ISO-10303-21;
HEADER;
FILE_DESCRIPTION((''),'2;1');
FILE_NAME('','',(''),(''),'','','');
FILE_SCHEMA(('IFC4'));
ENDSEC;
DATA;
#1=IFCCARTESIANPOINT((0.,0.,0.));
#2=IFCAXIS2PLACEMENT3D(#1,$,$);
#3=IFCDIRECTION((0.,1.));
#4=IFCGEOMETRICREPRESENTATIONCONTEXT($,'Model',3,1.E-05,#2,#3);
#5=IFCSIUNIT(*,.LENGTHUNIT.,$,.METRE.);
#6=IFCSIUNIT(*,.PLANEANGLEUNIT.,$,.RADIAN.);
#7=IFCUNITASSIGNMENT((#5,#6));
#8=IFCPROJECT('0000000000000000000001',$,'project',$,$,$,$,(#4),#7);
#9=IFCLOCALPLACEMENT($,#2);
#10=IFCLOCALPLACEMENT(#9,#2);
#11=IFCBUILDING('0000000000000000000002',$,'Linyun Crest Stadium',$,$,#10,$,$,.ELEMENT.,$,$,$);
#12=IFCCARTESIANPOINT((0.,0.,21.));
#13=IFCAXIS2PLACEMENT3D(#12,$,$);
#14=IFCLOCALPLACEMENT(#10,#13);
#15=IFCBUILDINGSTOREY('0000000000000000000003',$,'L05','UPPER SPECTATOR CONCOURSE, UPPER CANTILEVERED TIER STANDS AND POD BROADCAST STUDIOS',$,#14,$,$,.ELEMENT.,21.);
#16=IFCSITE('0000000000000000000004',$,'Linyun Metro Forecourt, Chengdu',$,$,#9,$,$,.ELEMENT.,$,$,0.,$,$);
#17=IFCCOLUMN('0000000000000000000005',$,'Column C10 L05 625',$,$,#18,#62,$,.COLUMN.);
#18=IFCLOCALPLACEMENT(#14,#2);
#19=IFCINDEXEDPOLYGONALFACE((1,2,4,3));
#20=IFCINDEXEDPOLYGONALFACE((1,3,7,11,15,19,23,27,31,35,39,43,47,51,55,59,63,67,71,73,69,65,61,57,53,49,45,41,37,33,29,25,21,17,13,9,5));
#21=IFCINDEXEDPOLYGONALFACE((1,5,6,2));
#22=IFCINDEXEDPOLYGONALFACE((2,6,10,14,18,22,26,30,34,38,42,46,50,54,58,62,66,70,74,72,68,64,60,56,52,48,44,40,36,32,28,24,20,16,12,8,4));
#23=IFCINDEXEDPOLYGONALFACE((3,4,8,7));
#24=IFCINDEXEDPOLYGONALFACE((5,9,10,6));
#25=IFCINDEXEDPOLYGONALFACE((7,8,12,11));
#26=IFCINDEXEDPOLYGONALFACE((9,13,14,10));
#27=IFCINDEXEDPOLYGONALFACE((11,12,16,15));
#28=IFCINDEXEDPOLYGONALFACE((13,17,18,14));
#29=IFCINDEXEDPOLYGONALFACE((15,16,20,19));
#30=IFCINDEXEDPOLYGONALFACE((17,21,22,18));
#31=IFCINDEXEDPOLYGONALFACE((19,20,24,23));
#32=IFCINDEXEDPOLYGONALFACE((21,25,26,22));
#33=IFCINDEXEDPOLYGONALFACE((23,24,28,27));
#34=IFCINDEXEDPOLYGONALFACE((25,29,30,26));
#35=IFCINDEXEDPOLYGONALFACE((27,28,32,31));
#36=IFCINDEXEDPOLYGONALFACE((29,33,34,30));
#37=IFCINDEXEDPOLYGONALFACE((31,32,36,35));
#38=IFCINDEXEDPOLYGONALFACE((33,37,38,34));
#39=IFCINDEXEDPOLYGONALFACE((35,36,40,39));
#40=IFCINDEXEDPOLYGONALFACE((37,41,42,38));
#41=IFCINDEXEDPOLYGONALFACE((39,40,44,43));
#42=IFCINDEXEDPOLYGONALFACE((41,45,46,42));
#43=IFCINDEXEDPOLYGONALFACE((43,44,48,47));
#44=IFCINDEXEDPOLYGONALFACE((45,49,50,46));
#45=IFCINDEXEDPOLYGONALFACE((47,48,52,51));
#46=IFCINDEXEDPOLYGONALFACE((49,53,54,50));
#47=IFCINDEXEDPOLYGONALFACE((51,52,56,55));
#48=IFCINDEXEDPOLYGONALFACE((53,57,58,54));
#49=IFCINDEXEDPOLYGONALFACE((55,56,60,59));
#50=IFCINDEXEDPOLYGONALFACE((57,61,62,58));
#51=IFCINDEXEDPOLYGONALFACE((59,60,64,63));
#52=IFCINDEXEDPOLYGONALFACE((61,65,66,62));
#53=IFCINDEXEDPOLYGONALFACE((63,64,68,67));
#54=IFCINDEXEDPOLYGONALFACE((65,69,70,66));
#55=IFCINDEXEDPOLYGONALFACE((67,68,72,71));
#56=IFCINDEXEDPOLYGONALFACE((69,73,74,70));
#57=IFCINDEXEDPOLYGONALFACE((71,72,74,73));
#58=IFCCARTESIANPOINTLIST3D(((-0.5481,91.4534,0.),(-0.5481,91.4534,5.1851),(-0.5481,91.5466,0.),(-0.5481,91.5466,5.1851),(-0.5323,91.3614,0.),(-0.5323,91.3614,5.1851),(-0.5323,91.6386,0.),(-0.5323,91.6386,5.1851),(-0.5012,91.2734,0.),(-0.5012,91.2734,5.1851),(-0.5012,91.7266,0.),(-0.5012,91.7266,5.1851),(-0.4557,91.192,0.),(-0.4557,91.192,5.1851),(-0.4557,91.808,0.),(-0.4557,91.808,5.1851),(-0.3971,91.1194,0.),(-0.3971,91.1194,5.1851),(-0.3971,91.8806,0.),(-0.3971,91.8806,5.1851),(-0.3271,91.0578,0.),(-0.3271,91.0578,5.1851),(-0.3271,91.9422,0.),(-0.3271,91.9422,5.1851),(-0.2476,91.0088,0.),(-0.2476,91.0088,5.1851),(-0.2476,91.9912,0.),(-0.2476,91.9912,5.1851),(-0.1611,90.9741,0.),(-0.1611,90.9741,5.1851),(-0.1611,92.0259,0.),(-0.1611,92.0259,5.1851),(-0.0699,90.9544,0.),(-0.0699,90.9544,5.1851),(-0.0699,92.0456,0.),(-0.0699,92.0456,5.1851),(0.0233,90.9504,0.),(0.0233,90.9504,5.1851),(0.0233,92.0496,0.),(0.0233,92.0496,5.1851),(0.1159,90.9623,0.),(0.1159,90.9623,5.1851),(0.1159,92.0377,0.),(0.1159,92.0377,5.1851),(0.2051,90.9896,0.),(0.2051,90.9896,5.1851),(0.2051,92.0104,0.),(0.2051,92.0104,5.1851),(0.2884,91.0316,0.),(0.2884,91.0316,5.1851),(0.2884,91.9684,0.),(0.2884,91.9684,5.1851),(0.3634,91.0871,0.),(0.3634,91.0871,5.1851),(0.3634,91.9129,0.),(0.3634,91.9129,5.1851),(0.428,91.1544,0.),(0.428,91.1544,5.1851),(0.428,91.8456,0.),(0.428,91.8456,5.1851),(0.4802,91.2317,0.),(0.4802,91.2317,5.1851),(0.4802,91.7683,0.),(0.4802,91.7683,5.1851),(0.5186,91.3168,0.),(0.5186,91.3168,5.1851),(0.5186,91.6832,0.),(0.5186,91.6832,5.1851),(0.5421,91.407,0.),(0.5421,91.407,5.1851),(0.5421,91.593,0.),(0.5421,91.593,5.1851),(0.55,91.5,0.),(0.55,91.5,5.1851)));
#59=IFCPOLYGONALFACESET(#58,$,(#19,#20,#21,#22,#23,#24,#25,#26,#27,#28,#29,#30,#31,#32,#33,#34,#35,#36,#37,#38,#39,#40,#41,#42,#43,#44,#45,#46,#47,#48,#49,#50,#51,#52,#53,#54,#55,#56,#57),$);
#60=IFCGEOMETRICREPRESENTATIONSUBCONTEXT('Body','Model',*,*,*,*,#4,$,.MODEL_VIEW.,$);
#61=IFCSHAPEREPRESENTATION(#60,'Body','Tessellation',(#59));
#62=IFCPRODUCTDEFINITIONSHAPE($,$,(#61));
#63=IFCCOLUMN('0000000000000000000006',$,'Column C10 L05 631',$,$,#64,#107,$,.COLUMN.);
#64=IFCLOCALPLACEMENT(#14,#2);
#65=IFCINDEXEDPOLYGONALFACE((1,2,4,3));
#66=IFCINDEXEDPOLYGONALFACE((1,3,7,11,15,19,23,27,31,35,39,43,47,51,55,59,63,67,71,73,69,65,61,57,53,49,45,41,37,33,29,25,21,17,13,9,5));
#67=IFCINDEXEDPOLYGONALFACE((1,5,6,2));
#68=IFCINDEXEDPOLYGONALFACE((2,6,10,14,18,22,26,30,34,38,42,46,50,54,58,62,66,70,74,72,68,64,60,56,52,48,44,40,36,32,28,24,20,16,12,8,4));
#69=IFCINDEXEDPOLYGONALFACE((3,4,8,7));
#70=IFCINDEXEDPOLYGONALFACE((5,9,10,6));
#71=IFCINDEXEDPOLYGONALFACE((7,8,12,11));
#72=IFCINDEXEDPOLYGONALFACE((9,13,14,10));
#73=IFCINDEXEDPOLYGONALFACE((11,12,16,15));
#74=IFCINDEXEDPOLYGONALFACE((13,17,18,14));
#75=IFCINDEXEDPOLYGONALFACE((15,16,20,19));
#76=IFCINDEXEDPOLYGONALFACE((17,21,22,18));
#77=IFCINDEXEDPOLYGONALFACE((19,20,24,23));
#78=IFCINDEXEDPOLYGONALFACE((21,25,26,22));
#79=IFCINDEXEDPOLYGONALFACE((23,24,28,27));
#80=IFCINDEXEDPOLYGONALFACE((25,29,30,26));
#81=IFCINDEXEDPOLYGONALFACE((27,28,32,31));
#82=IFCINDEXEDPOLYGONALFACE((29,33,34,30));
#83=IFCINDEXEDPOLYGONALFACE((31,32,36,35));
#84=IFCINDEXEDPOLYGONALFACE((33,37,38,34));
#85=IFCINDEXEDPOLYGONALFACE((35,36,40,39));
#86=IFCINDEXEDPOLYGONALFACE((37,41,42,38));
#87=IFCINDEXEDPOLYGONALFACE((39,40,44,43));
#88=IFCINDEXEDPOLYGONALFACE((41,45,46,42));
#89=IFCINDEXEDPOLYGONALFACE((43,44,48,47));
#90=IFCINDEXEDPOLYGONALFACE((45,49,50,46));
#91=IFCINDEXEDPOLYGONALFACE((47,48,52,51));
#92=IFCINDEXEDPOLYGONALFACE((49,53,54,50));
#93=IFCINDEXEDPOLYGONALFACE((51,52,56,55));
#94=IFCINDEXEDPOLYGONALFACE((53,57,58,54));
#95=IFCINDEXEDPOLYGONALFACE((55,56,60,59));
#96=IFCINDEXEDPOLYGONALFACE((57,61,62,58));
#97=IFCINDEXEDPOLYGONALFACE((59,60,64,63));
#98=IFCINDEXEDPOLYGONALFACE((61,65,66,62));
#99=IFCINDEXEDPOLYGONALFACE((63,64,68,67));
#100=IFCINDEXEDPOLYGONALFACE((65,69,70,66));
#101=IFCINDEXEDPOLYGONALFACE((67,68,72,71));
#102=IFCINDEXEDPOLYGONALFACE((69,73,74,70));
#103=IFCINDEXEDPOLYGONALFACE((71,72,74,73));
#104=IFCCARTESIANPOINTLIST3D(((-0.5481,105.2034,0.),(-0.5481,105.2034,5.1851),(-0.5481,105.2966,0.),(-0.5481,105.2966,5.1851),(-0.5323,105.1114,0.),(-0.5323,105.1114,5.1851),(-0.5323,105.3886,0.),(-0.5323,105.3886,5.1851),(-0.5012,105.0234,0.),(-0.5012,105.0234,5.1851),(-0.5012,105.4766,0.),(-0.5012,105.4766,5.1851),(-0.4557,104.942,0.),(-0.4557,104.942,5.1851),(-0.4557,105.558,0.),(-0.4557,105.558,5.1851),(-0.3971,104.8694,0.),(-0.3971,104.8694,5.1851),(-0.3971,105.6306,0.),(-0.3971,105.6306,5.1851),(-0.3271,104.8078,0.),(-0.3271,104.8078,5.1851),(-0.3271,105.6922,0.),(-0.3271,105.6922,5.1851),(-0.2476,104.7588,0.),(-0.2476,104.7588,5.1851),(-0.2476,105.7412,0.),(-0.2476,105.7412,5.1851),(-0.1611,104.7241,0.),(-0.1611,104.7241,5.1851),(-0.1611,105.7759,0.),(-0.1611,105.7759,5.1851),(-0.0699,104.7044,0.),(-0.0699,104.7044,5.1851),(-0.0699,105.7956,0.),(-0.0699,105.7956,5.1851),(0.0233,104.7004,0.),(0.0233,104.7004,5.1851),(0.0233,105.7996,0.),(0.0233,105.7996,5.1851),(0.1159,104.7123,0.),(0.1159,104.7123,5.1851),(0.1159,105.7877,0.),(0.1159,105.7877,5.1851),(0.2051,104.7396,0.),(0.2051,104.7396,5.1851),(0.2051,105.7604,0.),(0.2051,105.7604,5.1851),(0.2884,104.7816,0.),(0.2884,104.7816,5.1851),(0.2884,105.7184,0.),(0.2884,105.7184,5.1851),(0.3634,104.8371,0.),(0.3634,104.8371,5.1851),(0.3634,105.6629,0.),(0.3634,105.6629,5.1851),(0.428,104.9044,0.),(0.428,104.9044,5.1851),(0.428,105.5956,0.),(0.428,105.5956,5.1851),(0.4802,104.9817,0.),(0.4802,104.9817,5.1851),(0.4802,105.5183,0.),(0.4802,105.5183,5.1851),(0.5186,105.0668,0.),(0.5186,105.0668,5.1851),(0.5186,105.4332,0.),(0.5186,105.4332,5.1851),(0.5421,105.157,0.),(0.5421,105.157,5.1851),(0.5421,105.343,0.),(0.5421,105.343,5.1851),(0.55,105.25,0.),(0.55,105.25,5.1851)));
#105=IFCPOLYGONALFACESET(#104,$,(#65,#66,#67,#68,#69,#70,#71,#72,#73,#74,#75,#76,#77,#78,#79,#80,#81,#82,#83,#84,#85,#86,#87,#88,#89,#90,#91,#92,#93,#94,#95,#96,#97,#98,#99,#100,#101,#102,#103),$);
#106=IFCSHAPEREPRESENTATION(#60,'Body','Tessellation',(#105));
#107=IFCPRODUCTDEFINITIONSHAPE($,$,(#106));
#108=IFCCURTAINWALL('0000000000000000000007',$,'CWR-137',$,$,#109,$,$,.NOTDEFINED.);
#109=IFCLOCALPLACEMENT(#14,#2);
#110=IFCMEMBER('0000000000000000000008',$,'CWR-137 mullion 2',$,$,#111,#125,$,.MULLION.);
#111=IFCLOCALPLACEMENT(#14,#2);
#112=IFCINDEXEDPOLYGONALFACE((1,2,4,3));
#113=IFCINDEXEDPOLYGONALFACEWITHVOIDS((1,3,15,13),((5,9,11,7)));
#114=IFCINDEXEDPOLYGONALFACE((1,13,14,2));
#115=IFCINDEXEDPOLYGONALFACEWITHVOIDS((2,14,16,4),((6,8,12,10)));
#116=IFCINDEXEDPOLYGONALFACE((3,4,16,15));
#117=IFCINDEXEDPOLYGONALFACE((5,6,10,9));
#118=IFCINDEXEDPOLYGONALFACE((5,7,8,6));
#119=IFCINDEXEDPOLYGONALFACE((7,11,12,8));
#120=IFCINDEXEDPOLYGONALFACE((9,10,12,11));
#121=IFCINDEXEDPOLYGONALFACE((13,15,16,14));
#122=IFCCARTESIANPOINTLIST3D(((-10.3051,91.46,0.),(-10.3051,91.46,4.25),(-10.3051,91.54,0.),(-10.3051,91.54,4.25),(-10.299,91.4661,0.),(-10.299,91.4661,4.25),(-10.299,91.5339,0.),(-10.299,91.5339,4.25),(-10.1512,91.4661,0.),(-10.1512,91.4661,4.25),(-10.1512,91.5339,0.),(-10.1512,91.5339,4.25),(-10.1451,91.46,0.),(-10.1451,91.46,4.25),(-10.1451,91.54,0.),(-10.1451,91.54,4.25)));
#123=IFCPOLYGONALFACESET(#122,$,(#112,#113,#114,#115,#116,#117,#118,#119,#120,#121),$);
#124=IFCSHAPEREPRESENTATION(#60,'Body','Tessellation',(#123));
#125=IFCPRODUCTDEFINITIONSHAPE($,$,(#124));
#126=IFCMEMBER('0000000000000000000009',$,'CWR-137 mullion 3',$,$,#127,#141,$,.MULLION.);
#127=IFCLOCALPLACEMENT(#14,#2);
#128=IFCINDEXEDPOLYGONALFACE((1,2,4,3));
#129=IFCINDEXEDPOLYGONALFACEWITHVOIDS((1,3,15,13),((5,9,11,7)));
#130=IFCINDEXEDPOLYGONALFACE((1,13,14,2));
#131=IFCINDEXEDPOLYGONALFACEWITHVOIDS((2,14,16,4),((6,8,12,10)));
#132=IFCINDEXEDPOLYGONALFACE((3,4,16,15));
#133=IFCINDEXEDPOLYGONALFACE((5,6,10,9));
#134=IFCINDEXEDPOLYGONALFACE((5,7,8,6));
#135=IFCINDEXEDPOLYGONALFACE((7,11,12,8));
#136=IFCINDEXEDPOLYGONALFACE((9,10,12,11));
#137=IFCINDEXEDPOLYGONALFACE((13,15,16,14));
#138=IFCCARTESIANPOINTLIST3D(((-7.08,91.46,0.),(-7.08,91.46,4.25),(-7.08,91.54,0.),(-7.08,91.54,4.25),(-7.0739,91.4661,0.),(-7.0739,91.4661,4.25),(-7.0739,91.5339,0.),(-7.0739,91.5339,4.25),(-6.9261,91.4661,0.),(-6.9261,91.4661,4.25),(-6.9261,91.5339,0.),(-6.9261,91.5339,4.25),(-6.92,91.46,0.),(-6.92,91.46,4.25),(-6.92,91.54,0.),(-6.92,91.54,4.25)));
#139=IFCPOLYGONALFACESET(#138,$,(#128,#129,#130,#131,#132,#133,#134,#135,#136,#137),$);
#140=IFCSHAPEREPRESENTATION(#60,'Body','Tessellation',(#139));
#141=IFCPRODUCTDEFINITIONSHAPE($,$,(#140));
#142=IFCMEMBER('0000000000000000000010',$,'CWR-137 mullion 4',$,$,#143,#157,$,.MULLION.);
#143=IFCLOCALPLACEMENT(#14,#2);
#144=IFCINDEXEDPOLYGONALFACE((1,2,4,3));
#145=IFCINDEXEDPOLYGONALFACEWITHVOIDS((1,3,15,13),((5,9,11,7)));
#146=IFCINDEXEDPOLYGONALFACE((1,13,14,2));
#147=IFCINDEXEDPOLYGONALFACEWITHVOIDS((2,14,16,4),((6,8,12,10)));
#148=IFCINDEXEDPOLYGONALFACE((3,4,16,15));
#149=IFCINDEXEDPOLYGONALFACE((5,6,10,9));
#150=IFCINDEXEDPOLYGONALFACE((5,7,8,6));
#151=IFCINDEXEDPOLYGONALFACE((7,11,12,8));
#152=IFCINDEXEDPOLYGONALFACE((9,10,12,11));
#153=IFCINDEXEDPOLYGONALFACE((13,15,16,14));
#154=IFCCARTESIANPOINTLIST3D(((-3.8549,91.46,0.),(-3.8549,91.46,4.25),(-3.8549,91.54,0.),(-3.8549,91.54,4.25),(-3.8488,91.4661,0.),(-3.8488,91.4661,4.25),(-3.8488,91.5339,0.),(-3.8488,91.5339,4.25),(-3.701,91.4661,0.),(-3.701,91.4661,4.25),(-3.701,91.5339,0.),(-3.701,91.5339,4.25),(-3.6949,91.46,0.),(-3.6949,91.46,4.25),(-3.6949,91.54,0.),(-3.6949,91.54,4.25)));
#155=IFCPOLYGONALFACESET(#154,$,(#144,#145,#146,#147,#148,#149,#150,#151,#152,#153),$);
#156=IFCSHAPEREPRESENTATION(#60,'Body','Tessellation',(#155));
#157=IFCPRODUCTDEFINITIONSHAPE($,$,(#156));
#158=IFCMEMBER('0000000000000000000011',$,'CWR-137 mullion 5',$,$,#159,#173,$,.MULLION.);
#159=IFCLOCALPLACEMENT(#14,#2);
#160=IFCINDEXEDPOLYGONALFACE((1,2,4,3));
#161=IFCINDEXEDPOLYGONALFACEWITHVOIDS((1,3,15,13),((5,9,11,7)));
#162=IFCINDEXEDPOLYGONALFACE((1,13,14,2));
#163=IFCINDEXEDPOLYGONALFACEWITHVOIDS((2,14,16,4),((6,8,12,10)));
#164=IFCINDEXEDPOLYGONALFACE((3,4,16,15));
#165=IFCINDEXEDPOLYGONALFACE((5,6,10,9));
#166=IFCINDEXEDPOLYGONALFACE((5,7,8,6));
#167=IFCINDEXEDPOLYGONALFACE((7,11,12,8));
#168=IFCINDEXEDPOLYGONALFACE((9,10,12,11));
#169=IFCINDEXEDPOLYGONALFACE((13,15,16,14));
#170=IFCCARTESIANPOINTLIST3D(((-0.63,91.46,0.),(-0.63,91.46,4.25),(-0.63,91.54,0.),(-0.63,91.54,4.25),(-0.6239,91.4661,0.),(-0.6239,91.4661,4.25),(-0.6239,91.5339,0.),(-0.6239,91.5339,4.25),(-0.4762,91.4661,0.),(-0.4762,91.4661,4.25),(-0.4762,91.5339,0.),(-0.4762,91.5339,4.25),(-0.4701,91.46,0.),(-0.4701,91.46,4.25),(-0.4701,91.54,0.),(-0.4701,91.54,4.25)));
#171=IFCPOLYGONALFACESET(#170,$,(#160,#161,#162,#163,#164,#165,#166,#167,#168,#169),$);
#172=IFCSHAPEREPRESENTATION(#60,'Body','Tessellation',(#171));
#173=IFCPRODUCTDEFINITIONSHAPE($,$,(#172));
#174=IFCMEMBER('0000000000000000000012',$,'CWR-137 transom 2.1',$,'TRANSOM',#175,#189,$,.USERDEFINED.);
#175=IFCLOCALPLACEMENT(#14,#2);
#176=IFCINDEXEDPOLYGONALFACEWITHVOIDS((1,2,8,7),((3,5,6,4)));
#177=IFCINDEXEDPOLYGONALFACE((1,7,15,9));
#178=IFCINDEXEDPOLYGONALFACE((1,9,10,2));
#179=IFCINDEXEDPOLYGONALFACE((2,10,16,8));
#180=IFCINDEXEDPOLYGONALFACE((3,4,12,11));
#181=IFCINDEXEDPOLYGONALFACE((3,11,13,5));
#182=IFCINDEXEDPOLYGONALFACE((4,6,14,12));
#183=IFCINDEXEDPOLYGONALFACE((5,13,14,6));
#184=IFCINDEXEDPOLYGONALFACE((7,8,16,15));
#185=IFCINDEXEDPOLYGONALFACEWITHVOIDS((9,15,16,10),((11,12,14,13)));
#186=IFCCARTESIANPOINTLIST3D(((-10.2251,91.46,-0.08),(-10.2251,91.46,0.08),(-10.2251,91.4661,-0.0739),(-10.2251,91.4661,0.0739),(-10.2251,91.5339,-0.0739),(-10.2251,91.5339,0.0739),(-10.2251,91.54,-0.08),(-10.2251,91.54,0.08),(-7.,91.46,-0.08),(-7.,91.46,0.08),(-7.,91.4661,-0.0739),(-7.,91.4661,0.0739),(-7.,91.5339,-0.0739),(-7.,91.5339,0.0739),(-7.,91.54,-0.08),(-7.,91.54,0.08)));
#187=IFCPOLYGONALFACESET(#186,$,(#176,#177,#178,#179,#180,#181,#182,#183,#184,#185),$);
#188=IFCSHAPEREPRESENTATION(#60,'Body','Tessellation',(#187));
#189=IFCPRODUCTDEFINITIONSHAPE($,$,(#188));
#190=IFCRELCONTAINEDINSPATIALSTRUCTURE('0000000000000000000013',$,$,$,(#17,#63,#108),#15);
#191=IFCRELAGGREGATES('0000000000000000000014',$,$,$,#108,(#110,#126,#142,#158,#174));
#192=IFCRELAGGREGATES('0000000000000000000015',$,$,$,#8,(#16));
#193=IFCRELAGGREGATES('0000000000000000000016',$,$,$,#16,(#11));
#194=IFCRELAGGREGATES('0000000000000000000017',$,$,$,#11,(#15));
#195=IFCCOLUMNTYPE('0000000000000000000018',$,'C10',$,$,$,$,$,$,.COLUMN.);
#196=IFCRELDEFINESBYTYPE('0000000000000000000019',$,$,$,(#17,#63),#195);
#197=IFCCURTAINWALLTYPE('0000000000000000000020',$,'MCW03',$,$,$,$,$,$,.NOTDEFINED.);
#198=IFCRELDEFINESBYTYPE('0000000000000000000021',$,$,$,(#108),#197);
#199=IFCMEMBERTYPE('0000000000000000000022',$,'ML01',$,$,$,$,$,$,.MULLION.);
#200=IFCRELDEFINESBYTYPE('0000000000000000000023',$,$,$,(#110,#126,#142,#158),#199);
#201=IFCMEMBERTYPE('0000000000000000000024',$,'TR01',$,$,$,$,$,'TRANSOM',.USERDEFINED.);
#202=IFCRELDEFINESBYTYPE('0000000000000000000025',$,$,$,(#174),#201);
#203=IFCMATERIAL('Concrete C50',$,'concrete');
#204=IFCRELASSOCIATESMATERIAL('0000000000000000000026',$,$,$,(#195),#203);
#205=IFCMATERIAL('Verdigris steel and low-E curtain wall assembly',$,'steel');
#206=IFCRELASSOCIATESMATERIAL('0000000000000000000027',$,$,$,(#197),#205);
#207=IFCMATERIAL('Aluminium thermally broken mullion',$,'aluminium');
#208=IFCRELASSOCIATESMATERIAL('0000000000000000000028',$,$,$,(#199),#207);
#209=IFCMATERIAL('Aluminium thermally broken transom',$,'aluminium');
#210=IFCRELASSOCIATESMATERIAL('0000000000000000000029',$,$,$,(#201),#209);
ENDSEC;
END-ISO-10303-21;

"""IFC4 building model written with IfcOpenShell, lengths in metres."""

from ifc_helpers import new_model, si_unit, direction, frame, origin, origin_2d, place, context, subcontext, project, spatial, hollow_rectangle, circle, extrude, material, material_profile, profile_set, type_object, element, aggregate, save


model = new_model("IFC4")

# Units and contexts
model_context = context("Model", 3, precision=1e-05, world=origin(), true_north=direction((0.0, 1.0)))
body_context = subcontext(model_context, "Body", "Model", "MODEL_VIEW")
ifc_project = project(units=[si_unit("LENGTHUNIT", "METRE"), si_unit("PLANEANGLEUNIT", "RADIAN")], contexts=[model_context])

# Site, building, storey
site_placement = place(None, origin())
site = spatial("IfcSite", under=ifc_project, at=site_placement, Name="Linyun Metro Forecourt, Chengdu", CompositionType="ELEMENT", RefElevation=0.0)
building_placement = place(site_placement, origin())
building = spatial("IfcBuilding", under=site, at=building_placement, Name="Linyun Crest Stadium", CompositionType="ELEMENT")
storey_placement = place(building_placement, frame((0.0, 0.0, 21.0)))
storey = spatial("IfcBuildingStorey", under=building, at=storey_placement, Name="L05", Description="UPPER SPECTATOR CONCOURSE, UPPER CANTILEVERED TIER STANDS AND POD BROADCAST STUDIOS", CompositionType="ELEMENT", Elevation=21.0)

# Columns
ifc_material_1 = material(Name="Concrete C50", Category="concrete")
ifc_material_profile_1 = material_profile(ifc_material_1, circle(Radius=0.55, at=origin_2d()), Name="RC D1100")
ifc_profile_set_1 = profile_set([ifc_material_profile_1], Name="Concrete C50")
column_type = type_object("IfcColumnType", Name="C10", PredefinedType="COLUMN", material=ifc_profile_set_1)
for number, where, z_axis, x_axis, name in (
    (1, (0.0, 91.5, 0.0), (0.0, 0.0, 1.0), (1.0, 0.0, 0.0), "Column C10 L05 625"),
    (2, (0.0, 105.25, 0.0), (0.0, 0.0, 1.0), (1.0, 0.0, 0.0), "Column C10 L05 631"),
):
    element("IfcColumn", number, at=place(storey_placement, frame(where, z_axis=z_axis, x_axis=x_axis)), inside=storey, type_object=column_type, Name=name, PredefinedType="COLUMN", context=body_context, shape_type="SweptSolid", body=[
        extrude(circle(Radius=0.55, at=origin_2d()), origin(), (0.0, 0.0, 1.0), 5.1851),
    ])

# Curtain wall, members
ifc_material_2 = material(Name="Verdigris steel and low-E curtain wall assembly", Category="steel")
curtain_wall_type = type_object("IfcCurtainWallType", Name="MCW03", PredefinedType="NOTDEFINED", material=ifc_material_2)
curtain_wall_placement = place(storey_placement, origin())
curtain_wall = element("IfcCurtainWall", 3, at=curtain_wall_placement, inside=storey, type_object=curtain_wall_type, Name="CWR-137", PredefinedType="NOTDEFINED")
ifc_material_3 = material(Name="Aluminium thermally broken mullion", Category="aluminium")
ifc_material_profile_2 = material_profile(ifc_material_3, hollow_rectangle(XDim=0.0801, YDim=0.1599, WallThickness=0.0061, at=origin_2d()), Name="RHS 160x80x6")
ifc_profile_set_2 = profile_set([ifc_material_profile_2], Name="Aluminium thermally broken mullion")
member_type_1 = type_object("IfcMemberType", Name="ML01", PredefinedType="MULLION", material=ifc_profile_set_2)
member_1_placement = place(storey_placement, frame((-10.2251, 91.5, 0.0), z_axis=(0.0, 0.0, 1.0), x_axis=(0.0, 1.0, 0.0)))
member_1 = element("IfcMember", 4, at=member_1_placement, type_object=member_type_1, Name="CWR-137 mullion 2", PredefinedType="MULLION", context=body_context, shape_type="SweptSolid", body=[
    extrude(hollow_rectangle(XDim=0.0801, YDim=0.1599, WallThickness=0.0061, at=origin_2d()), origin(), (0.0, 0.0, 1.0), 4.25),
])
member_2_placement = place(storey_placement, frame((-7.0, 91.5, 0.0), z_axis=(0.0, 0.0, 1.0), x_axis=(0.0, 1.0, 0.0)))
member_2 = element("IfcMember", 5, at=member_2_placement, type_object=member_type_1, Name="CWR-137 mullion 3", PredefinedType="MULLION", context=body_context, shape_type="SweptSolid", body=[
    extrude(hollow_rectangle(XDim=0.0801, YDim=0.1599, WallThickness=0.0061, at=origin_2d()), origin(), (0.0, 0.0, 1.0), 4.25),
])
member_3_placement = place(storey_placement, frame((-3.7749, 91.5, 0.0), z_axis=(0.0, 0.0, 1.0), x_axis=(0.0, 1.0, 0.0)))
member_3 = element("IfcMember", 6, at=member_3_placement, type_object=member_type_1, Name="CWR-137 mullion 4", PredefinedType="MULLION", context=body_context, shape_type="SweptSolid", body=[
    extrude(hollow_rectangle(XDim=0.0801, YDim=0.1599, WallThickness=0.0061, at=origin_2d()), origin(), (0.0, 0.0, 1.0), 4.25),
])
member_4_placement = place(storey_placement, frame((-0.55, 91.5, 0.0), z_axis=(0.0, 0.0, 1.0), x_axis=(0.0, 1.0, 0.0)))
member_4 = element("IfcMember", 7, at=member_4_placement, type_object=member_type_1, Name="CWR-137 mullion 5", PredefinedType="MULLION", context=body_context, shape_type="SweptSolid", body=[
    extrude(hollow_rectangle(XDim=0.0801, YDim=0.1599, WallThickness=0.0061, at=origin_2d()), origin(), (0.0, 0.0, 1.0), 4.25),
])
ifc_material_4 = material(Name="Aluminium thermally broken transom", Category="aluminium")
ifc_material_profile_3 = material_profile(ifc_material_4, hollow_rectangle(XDim=0.0801, YDim=0.1599, WallThickness=0.0061, at=origin_2d()), Name="RHS 160x80x6")
ifc_profile_set_3 = profile_set([ifc_material_profile_3], Name="Aluminium thermally broken transom")
member_type_2 = type_object("IfcMemberType", Name="TR01", ElementType="TRANSOM", PredefinedType="USERDEFINED", material=ifc_profile_set_3)
member_5_placement = place(storey_placement, frame((-10.2251, 91.5, 0.0), z_axis=(1.0, 0.0, 0.0), x_axis=(0.0, 1.0, 0.0)))
member_5 = element("IfcMember", 8, at=member_5_placement, type_object=member_type_2, Name="CWR-137 transom 2.1", ObjectType="TRANSOM", PredefinedType="USERDEFINED", context=body_context, shape_type="SweptSolid", body=[
    extrude(hollow_rectangle(XDim=0.0801, YDim=0.1599, WallThickness=0.0061, at=origin_2d()), origin(), (0.0, 0.0, 1.0), 3.2251),
])
aggregate(curtain_wall, [member_1, member_2, member_3, member_4, member_5])

save(model, "model.ifc")
